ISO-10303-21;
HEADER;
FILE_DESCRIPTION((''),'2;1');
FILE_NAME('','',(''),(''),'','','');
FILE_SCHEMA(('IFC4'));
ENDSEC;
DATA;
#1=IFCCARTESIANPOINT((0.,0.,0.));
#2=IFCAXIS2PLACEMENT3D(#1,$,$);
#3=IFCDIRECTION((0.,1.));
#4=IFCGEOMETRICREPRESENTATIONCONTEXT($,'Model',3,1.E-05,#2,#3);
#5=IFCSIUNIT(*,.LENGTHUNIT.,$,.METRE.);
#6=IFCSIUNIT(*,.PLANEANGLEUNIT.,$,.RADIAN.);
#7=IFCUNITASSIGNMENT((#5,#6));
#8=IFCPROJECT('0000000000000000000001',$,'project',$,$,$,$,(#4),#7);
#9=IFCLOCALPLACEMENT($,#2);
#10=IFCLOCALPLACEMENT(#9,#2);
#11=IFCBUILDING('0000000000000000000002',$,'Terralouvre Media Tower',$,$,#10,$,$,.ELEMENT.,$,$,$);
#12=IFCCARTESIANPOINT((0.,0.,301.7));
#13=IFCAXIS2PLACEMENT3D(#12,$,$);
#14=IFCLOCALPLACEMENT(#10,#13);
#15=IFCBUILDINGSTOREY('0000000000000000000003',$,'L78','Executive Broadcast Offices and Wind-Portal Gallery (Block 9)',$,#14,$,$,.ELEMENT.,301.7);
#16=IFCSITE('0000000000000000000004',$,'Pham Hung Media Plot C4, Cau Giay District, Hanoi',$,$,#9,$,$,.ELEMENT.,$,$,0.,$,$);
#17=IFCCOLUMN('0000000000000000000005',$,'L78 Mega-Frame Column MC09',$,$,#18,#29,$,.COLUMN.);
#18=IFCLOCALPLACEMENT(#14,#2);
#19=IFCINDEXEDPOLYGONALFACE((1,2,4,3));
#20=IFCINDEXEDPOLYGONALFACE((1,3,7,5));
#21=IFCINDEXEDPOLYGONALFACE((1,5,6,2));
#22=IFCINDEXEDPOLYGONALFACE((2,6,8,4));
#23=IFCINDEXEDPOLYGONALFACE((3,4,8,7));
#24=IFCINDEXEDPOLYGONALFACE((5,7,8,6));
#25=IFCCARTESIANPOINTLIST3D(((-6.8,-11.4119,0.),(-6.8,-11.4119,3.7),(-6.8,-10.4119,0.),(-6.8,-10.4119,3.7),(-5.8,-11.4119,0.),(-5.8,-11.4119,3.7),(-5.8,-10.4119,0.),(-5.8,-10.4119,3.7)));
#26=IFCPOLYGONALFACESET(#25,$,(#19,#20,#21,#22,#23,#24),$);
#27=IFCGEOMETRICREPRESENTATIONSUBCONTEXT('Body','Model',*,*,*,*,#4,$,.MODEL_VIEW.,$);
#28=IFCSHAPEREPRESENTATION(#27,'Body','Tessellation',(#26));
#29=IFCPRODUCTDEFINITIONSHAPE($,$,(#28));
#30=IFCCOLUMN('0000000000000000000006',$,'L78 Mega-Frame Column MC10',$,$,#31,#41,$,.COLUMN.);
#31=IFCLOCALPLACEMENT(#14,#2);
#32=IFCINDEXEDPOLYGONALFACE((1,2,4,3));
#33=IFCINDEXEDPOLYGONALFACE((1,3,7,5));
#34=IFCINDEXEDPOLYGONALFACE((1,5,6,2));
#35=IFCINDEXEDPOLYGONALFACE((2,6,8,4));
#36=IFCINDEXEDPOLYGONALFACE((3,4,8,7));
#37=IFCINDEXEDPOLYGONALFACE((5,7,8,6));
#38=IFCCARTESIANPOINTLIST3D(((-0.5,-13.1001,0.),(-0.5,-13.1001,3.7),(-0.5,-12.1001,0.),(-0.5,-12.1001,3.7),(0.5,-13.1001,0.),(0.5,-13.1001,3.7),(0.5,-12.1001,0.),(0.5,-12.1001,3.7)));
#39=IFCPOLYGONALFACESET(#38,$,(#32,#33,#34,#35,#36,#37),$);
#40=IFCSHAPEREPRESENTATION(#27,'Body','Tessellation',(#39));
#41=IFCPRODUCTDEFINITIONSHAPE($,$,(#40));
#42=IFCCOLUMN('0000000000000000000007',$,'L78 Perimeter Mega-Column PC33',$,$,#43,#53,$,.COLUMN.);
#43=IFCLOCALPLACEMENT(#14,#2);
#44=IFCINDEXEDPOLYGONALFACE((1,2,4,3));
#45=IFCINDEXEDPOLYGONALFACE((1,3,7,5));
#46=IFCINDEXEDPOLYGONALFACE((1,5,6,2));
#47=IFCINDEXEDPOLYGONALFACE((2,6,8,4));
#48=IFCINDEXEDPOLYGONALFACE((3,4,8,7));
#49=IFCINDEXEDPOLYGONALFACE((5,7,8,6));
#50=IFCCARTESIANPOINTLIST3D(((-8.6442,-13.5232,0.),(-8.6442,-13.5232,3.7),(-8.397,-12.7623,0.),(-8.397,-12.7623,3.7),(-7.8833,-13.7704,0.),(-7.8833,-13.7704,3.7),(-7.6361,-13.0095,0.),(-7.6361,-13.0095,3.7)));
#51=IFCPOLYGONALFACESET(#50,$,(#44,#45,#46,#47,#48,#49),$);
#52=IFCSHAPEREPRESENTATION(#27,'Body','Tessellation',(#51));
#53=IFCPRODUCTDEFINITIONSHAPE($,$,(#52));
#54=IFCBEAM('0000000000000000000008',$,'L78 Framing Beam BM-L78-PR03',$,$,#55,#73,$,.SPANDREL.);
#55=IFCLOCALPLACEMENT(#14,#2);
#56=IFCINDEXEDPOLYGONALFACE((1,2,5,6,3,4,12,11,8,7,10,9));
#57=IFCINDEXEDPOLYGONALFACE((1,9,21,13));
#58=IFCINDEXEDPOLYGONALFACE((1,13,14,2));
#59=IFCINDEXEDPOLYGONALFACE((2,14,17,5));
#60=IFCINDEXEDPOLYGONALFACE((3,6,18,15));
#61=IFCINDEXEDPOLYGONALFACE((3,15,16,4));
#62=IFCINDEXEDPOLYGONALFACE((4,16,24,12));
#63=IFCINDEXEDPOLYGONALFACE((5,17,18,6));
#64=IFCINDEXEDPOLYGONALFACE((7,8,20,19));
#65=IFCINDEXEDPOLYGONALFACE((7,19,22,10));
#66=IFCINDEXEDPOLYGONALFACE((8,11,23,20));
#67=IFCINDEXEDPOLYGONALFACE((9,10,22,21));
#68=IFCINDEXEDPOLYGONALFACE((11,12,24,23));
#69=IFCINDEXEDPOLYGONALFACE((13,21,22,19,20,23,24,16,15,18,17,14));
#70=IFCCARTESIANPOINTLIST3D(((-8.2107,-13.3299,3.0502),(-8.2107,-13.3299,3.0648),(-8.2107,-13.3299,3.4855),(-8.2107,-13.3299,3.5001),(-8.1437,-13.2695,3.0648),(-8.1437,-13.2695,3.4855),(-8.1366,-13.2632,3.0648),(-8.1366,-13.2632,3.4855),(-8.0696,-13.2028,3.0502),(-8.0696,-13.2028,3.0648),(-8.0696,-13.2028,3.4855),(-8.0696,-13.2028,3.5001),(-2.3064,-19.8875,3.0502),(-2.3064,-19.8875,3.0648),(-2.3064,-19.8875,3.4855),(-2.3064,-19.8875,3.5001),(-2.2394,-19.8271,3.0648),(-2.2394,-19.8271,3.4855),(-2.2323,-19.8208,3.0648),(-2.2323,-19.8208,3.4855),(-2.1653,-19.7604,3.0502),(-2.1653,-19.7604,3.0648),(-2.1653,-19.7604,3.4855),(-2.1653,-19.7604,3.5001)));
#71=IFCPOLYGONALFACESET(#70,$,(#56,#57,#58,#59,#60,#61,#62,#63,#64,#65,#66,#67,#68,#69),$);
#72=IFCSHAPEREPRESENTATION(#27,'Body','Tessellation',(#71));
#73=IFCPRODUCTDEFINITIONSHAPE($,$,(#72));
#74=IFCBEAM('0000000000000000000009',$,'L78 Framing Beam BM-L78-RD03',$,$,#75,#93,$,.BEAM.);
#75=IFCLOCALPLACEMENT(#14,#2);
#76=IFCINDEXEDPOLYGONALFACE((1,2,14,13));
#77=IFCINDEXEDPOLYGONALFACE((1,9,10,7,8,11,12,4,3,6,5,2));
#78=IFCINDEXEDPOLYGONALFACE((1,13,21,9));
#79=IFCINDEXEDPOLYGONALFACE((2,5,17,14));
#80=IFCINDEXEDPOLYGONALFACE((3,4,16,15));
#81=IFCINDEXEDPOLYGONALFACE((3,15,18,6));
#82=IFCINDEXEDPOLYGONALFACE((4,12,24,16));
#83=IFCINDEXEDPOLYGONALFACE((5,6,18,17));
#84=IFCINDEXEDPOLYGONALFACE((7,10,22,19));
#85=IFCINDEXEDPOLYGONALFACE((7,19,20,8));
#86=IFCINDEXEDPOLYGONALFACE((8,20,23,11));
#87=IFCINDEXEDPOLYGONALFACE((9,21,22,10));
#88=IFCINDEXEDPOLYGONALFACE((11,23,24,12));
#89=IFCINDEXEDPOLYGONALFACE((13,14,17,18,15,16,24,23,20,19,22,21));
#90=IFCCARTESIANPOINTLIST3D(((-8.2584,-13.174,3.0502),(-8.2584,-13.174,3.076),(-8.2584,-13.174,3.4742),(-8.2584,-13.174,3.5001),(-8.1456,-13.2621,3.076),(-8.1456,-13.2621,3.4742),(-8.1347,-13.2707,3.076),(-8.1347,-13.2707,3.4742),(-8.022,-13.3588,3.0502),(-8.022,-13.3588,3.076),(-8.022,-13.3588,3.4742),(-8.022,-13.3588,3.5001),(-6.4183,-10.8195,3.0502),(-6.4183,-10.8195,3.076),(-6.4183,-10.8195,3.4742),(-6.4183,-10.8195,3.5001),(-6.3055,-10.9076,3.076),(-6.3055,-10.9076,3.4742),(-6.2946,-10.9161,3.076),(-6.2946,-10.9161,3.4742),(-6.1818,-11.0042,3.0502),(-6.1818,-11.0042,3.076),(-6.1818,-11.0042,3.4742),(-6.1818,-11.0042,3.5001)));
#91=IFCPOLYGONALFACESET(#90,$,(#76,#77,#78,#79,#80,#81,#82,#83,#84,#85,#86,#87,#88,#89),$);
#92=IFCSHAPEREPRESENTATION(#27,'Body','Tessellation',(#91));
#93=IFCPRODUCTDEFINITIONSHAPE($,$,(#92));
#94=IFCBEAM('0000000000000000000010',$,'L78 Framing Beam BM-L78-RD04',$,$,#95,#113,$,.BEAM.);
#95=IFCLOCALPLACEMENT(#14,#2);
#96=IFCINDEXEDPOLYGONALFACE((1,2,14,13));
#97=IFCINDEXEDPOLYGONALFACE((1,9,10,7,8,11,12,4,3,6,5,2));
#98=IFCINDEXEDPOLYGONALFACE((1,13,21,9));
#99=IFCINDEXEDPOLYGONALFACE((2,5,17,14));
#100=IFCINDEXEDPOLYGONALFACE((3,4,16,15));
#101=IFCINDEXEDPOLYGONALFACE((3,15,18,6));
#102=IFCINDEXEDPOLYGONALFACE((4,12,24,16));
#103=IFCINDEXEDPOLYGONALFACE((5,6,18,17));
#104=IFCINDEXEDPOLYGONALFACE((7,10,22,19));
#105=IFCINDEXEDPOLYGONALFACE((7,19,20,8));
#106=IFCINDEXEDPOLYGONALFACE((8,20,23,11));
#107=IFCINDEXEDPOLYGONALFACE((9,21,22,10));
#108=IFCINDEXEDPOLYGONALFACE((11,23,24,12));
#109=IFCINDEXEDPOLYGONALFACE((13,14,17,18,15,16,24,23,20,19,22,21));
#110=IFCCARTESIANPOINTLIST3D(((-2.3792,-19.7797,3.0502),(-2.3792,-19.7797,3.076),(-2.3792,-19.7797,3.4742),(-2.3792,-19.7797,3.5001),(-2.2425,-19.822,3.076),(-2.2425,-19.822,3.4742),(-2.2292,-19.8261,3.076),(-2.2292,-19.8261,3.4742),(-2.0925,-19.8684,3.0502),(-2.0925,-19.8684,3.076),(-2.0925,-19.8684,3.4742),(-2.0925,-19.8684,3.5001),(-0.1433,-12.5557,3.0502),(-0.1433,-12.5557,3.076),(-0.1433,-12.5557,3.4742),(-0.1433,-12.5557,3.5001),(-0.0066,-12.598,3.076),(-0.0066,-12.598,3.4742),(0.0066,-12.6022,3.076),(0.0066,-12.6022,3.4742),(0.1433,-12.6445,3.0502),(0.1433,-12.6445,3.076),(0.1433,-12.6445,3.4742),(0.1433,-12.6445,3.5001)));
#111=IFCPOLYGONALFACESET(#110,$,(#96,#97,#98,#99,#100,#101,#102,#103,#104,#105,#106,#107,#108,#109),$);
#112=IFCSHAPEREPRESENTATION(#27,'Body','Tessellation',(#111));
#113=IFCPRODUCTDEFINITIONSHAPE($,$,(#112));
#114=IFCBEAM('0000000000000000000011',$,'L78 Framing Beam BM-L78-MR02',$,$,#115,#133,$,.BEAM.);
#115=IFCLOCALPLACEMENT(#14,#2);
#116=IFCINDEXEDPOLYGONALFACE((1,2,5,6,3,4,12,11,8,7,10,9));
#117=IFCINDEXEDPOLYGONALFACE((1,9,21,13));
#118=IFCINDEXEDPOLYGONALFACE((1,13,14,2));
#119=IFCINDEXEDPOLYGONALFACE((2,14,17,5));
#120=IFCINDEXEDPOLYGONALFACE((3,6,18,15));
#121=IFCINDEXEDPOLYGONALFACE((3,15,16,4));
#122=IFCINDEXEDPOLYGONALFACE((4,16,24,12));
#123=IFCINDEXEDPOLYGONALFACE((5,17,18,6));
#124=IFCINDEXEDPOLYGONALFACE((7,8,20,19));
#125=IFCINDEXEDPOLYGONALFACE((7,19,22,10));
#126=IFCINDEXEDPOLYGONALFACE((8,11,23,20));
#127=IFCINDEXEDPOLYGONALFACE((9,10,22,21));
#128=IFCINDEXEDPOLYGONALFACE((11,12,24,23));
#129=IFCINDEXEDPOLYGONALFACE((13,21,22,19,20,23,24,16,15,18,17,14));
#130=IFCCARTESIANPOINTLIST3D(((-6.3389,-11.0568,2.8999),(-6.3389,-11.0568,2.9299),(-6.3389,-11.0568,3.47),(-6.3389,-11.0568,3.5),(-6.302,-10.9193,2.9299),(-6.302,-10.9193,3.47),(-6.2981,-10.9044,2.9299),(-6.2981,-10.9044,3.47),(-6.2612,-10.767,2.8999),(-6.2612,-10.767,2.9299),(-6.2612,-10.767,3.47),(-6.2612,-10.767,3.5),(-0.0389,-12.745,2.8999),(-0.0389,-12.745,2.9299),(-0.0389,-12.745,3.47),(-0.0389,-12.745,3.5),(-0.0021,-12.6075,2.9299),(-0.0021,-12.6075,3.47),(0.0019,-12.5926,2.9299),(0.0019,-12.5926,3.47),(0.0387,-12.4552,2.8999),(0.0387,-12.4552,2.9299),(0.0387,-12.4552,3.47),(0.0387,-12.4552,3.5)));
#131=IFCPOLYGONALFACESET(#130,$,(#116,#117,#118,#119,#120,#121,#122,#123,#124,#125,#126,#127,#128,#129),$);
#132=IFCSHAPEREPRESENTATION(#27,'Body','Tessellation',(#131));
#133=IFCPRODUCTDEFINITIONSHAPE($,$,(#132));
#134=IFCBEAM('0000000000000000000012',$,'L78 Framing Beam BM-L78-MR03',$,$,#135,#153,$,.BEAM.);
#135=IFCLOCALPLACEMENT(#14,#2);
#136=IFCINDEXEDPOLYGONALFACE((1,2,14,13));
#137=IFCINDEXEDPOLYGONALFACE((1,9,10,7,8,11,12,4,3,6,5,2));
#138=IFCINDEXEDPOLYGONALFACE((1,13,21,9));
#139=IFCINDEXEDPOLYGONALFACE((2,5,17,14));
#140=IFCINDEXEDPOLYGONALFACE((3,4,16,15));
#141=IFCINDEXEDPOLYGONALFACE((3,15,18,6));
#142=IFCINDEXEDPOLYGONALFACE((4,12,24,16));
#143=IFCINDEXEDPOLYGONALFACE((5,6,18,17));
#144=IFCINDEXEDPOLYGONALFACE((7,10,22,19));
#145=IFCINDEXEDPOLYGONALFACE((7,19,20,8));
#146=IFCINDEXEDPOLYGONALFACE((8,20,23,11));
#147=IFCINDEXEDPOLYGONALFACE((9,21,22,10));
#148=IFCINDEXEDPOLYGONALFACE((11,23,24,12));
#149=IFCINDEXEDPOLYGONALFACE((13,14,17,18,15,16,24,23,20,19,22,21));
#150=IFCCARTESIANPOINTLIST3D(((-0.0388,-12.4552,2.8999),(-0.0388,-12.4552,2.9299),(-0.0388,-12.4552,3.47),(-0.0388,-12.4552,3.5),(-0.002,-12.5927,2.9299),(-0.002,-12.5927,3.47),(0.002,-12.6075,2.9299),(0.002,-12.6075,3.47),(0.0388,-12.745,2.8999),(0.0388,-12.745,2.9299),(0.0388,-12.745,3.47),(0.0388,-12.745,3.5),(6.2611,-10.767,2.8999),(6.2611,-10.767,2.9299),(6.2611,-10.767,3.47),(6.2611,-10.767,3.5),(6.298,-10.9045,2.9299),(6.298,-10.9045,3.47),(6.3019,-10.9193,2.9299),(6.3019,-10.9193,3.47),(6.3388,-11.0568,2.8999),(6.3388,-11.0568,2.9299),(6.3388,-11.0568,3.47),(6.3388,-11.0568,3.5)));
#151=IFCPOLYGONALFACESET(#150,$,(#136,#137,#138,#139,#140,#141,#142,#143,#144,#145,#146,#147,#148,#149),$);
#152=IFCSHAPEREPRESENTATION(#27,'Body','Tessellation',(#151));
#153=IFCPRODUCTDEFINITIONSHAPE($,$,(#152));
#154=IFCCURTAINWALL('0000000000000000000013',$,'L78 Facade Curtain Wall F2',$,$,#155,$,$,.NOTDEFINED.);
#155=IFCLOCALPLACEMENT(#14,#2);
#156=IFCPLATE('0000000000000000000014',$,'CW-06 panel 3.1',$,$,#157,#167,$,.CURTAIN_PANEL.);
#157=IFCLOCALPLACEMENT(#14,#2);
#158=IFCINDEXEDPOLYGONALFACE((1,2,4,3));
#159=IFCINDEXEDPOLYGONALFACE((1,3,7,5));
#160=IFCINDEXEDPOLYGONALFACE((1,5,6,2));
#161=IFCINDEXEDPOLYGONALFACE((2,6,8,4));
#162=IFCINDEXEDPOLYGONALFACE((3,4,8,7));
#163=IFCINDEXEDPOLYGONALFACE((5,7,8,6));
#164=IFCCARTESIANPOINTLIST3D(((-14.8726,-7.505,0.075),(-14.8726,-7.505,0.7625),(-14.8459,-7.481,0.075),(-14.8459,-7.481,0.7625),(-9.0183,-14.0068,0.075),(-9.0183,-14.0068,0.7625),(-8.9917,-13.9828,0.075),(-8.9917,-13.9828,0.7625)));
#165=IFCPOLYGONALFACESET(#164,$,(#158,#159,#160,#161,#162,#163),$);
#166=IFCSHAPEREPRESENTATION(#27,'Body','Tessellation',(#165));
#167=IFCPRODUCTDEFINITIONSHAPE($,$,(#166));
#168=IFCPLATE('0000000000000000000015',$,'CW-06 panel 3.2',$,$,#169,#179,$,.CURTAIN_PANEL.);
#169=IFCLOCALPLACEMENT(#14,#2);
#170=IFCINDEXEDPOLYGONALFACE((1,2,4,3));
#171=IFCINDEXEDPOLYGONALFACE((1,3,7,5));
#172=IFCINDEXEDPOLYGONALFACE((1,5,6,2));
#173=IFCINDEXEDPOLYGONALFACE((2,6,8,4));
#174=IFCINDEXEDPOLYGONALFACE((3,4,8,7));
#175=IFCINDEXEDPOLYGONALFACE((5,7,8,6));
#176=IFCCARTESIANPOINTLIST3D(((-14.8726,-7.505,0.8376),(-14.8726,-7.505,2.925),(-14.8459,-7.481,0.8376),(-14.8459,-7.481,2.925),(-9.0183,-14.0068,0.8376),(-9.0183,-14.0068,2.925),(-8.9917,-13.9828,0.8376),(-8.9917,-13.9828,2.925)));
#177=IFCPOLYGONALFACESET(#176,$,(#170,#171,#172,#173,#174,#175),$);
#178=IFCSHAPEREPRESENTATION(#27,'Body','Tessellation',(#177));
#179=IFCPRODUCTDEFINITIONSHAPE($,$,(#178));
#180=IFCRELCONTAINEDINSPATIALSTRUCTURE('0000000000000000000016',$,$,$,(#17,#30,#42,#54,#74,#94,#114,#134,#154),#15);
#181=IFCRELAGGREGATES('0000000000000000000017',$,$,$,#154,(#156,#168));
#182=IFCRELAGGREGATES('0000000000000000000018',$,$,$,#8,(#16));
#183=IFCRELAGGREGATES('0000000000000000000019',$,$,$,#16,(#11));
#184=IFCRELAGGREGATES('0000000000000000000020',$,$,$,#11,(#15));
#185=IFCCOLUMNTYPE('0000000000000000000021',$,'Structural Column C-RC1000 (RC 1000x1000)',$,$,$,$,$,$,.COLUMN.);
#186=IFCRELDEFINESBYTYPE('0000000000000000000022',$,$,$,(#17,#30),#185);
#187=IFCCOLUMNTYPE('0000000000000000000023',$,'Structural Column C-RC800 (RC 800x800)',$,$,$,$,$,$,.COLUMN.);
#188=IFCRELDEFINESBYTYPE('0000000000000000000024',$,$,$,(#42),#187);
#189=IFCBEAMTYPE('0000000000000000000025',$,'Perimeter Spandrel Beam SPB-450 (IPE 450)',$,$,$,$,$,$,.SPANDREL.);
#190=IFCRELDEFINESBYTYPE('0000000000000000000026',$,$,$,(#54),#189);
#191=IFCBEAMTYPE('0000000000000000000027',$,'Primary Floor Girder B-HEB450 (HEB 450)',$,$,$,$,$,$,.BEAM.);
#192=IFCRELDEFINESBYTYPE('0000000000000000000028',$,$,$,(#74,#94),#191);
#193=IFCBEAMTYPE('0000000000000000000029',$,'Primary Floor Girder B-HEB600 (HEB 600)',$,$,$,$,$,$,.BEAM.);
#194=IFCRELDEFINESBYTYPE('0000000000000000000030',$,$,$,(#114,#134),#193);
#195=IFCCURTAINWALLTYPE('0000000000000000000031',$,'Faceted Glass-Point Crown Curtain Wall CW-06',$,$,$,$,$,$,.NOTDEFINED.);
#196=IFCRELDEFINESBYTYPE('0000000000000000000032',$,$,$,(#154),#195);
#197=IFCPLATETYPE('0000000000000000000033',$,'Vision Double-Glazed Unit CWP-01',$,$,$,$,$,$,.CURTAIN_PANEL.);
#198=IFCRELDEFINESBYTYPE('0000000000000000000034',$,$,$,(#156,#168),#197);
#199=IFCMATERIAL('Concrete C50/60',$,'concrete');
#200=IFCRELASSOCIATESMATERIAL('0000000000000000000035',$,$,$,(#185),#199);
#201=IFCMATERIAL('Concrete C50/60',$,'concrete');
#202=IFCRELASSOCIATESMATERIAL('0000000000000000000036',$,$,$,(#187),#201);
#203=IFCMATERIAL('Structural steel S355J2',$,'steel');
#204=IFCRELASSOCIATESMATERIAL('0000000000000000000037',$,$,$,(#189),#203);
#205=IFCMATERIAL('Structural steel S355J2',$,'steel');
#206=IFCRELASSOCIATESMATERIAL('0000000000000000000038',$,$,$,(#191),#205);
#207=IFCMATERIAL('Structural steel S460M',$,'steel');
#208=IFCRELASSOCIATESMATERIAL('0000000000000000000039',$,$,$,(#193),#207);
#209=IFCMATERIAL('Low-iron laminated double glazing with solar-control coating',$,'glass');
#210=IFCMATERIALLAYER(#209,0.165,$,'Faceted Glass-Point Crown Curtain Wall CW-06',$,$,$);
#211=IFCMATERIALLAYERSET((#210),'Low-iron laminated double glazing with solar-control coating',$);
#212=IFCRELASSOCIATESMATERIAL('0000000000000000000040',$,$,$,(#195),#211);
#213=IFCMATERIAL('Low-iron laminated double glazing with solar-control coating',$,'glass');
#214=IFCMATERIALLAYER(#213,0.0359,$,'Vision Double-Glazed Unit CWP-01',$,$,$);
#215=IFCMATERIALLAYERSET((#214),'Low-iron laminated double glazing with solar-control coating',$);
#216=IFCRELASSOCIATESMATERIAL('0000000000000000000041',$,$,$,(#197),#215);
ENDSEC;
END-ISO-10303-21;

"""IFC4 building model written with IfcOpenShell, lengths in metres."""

from ifc_helpers import new_model, si_unit, direction, frame, origin, origin_2d, place, context, subcontext, project, spatial, rectangle, i_section, extrude, material, layer, layer_set, material_profile, profile_set, type_object, element, aggregate, save


model = new_model("IFC4")

# Units and contexts
model_context = context("Model", 3, precision=1e-05, world=origin(), true_north=direction((0.0, 1.0)))
body_context = subcontext(model_context, "Body", "Model", "MODEL_VIEW")
ifc_project = project(units=[si_unit("LENGTHUNIT", "METRE"), si_unit("PLANEANGLEUNIT", "RADIAN")], contexts=[model_context])

# Site, building, storey
site_placement = place(None, origin())
site = spatial("IfcSite", under=ifc_project, at=site_placement, Name="Pham Hung Media Plot C4, Cau Giay District, Hanoi", CompositionType="ELEMENT", RefElevation=0.0)
building_placement = place(site_placement, origin())
building = spatial("IfcBuilding", under=site, at=building_placement, Name="Terralouvre Media Tower", CompositionType="ELEMENT")
storey_placement = place(building_placement, frame((0.0, 0.0, 301.7)))
storey = spatial("IfcBuildingStorey", under=building, at=storey_placement, Name="L78", Description="Executive Broadcast Offices and Wind-Portal Gallery (Block 9)", CompositionType="ELEMENT", Elevation=301.7)

# Columns
ifc_material_1 = material(Name="Concrete C50/60", Category="concrete")
ifc_material_profile_1 = material_profile(ifc_material_1, rectangle(XDim=1.0, YDim=1.0, at=origin_2d()), Name="RC 1000x1000")
ifc_profile_set_1 = profile_set([ifc_material_profile_1], Name="Concrete C50/60")
column_type_1 = type_object("IfcColumnType", Name="Structural Column C-RC1000 (RC 1000x1000)", PredefinedType="COLUMN", material=ifc_profile_set_1)
for number, where, z_axis, x_axis, name in (
    (1, (-6.3, -10.9119, 0.0), (0.0, 0.0, 1.0), (1.0, 0.0, 0.0), "L78 Mega-Frame Column MC09"),
    (2, (0.0, -12.6001, 0.0), (0.0, 0.0, 1.0), (1.0, 0.0, 0.0), "L78 Mega-Frame Column MC10"),
):
    element("IfcColumn", number, at=place(storey_placement, frame(where, z_axis=z_axis, x_axis=x_axis)), inside=storey, type_object=column_type_1, Name=name, PredefinedType="COLUMN", context=body_context, shape_type="SweptSolid", body=[
        extrude(rectangle(XDim=1.0, YDim=1.0, at=origin_2d()), origin(), (0.0, 0.0, 1.0), 3.7),
    ])
ifc_material_2 = material(Name="Concrete C50/60", Category="concrete")
ifc_material_profile_2 = material_profile(ifc_material_2, rectangle(XDim=0.8, YDim=0.8, at=origin_2d()), Name="RC 800x800")
ifc_profile_set_2 = profile_set([ifc_material_profile_2], Name="Concrete C50/60")
column_type_2 = type_object("IfcColumnType", Name="Structural Column C-RC800 (RC 800x800)", PredefinedType="COLUMN", material=ifc_profile_set_2)
column_placement = place(storey_placement, frame((-8.1401, -13.2664, 0.0), z_axis=(0.0, 0.0, 1.0), x_axis=(0.309017, 0.951057, 0.0)))
element("IfcColumn", 3, at=column_placement, inside=storey, type_object=column_type_2, Name="L78 Perimeter Mega-Column PC33", PredefinedType="COLUMN", context=body_context, shape_type="SweptSolid", body=[
    extrude(rectangle(XDim=0.8, YDim=0.8, at=origin_2d()), origin(), (0.0, 0.0, 1.0), 3.7),
])

# Beams
ifc_material_3 = material(Name="Structural steel S355J2", Category="steel")
ifc_material_profile_3 = material_profile(ifc_material_3, i_section(OverallWidth=0.1899, OverallDepth=0.45, WebThickness=0.0095, FlangeThickness=0.0146, at=origin_2d()), Name="IPE 450")
ifc_profile_set_3 = profile_set([ifc_material_profile_3], Name="Structural steel S355J2")
beam_type_1 = type_object("IfcBeamType", Name="Perimeter Spandrel Beam SPB-450 (IPE 450)", PredefinedType="SPANDREL", material=ifc_profile_set_3)
beam_1_placement = place(storey_placement, frame((-8.1401, -13.2664, 3.2751), z_axis=(0.669118, -0.743157, 0.0), x_axis=(0.743157, 0.669118, 0.0)))
element("IfcBeam", 4, at=beam_1_placement, inside=storey, type_object=beam_type_1, Name="L78 Framing Beam BM-L78-PR03", PredefinedType="SPANDREL", context=body_context, shape_type="SweptSolid", body=[
    extrude(i_section(OverallWidth=0.1899, OverallDepth=0.45, WebThickness=0.0095, FlangeThickness=0.0146, at=origin_2d()), origin(), (0.0, 0.0, 1.0), 8.824),
])
ifc_material_4 = material(Name="Structural steel S355J2", Category="steel")
ifc_material_profile_4 = material_profile(ifc_material_4, i_section(OverallWidth=0.3, OverallDepth=0.45, WebThickness=0.0139, FlangeThickness=0.0259, at=origin_2d()), Name="HEB 450")
ifc_profile_set_4 = profile_set([ifc_material_profile_4], Name="Structural steel S355J2")
beam_type_2 = type_object("IfcBeamType", Name="Primary Floor Girder B-HEB450 (HEB 450)", PredefinedType="BEAM", material=ifc_profile_set_4)
beam_2_placement = place(storey_placement, frame((-6.3, -10.9119, 3.2751), z_axis=(-0.615777, -0.78792, 0.0), x_axis=(0.78792, -0.615777, 0.0)))
element("IfcBeam", 5, at=beam_2_placement, inside=storey, type_object=beam_type_2, Name="L78 Framing Beam BM-L78-RD03", PredefinedType="BEAM", context=body_context, shape_type="SweptSolid", body=[
    extrude(i_section(OverallWidth=0.3, OverallDepth=0.45, WebThickness=0.0139, FlangeThickness=0.0259, at=origin_2d()), origin(), (0.0, 0.0, 1.0), 2.9883),
])
beam_3_placement = place(storey_placement, frame((0.0, -12.6001, 3.2751), z_axis=(-0.295669, -0.95529, 0.0), x_axis=(0.95529, -0.295669, 0.0)))
element("IfcBeam", 6, at=beam_3_placement, inside=storey, type_object=beam_type_2, Name="L78 Framing Beam BM-L78-RD04", PredefinedType="BEAM", context=body_context, shape_type="SweptSolid", body=[
    extrude(i_section(OverallWidth=0.3, OverallDepth=0.45, WebThickness=0.0139, FlangeThickness=0.0259, at=origin_2d()), origin(), (0.0, 0.0, 1.0), 7.562),
])
ifc_material_5 = material(Name="Structural steel S460M", Category="steel")
ifc_material_profile_5 = material_profile(ifc_material_5, i_section(OverallWidth=0.3, OverallDepth=0.6001, WebThickness=0.0154, FlangeThickness=0.03, at=origin_2d()), Name="HEB 600")
ifc_profile_set_5 = profile_set([ifc_material_profile_5], Name="Structural steel S460M")
beam_type_3 = type_object("IfcBeamType", Name="Primary Floor Girder B-HEB600 (HEB 600)", PredefinedType="BEAM", material=ifc_profile_set_5)
for number, where, z_axis, x_axis, name in (
    (7, (-6.3, -10.9119, 3.2), (0.96592, -0.258839, 0.0), (0.258839, 0.96592, 0.0), "L78 Framing Beam BM-L78-MR02"),
    (8, (0.0, -12.6001, 3.2), (0.96592, 0.258839, 0.0), (-0.258839, 0.96592, 0.0), "L78 Framing Beam BM-L78-MR03"),
):
    element("IfcBeam", number, at=place(storey_placement, frame(where, z_axis=z_axis, x_axis=x_axis)), inside=storey, type_object=beam_type_3, Name=name, PredefinedType="BEAM", context=body_context, shape_type="SweptSolid", body=[
        extrude(i_section(OverallWidth=0.3, OverallDepth=0.6001, WebThickness=0.0154, FlangeThickness=0.03, at=origin_2d()), origin(), (0.0, 0.0, 1.0), 6.5222),
    ])

# Curtain wall, plates
ifc_material_6 = material(Name="Low-iron laminated double glazing with solar-control coating", Category="glass")
ifc_layer_1 = layer(ifc_material_6, 0.165, Name="Faceted Glass-Point Crown Curtain Wall CW-06")
ifc_layer_set_1 = layer_set([ifc_layer_1], Name="Low-iron laminated double glazing with solar-control coating")
curtain_wall_type = type_object("IfcCurtainWallType", Name="Faceted Glass-Point Crown Curtain Wall CW-06", PredefinedType="NOTDEFINED", material=ifc_layer_set_1)
curtain_wall_placement = place(storey_placement, origin())
curtain_wall = element("IfcCurtainWall", 9, at=curtain_wall_placement, inside=storey, type_object=curtain_wall_type, Name="L78 Facade Curtain Wall F2", PredefinedType="NOTDEFINED")
ifc_material_7 = material(Name="Low-iron laminated double glazing with solar-control coating", Category="glass")
ifc_layer_2 = layer(ifc_material_7, 0.0359, Name="Vision Double-Glazed Unit CWP-01")
ifc_layer_set_2 = layer_set([ifc_layer_2], Name="Low-iron laminated double glazing with solar-control coating")
plate_type = type_object("IfcPlateType", Name="Vision Double-Glazed Unit CWP-01", PredefinedType="CURTAIN_PANEL", material=ifc_layer_set_2)
plate_1_placement = place(storey_placement, frame((-11.9321, -10.7439, 0.075), z_axis=(0.0, 0.0, 1.0), x_axis=(0.669131, -0.743145, 0.0)))
plate_1 = element("IfcPlate", 10, at=plate_1_placement, type_object=plate_type, Name="CW-06 panel 3.1", PredefinedType="CURTAIN_PANEL", context=body_context, shape_type="SweptSolid", body=[
    extrude(rectangle(XDim=8.749, YDim=0.0359, at=origin_2d()), origin(), (0.0, 0.0, 1.0), 0.6875),
])
plate_2_placement = place(storey_placement, frame((-11.9321, -10.7439, 0.8376), z_axis=(0.0, 0.0, 1.0), x_axis=(0.669131, -0.743145, 0.0)))
plate_2 = element("IfcPlate", 11, at=plate_2_placement, type_object=plate_type, Name="CW-06 panel 3.2", PredefinedType="CURTAIN_PANEL", context=body_context, shape_type="SweptSolid", body=[
    extrude(rectangle(XDim=8.749, YDim=0.0359, at=origin_2d()), origin(), (0.0, 0.0, 1.0), 2.0874),
])
aggregate(curtain_wall, [plate_1, plate_2])

save(model, "model.ifc")
